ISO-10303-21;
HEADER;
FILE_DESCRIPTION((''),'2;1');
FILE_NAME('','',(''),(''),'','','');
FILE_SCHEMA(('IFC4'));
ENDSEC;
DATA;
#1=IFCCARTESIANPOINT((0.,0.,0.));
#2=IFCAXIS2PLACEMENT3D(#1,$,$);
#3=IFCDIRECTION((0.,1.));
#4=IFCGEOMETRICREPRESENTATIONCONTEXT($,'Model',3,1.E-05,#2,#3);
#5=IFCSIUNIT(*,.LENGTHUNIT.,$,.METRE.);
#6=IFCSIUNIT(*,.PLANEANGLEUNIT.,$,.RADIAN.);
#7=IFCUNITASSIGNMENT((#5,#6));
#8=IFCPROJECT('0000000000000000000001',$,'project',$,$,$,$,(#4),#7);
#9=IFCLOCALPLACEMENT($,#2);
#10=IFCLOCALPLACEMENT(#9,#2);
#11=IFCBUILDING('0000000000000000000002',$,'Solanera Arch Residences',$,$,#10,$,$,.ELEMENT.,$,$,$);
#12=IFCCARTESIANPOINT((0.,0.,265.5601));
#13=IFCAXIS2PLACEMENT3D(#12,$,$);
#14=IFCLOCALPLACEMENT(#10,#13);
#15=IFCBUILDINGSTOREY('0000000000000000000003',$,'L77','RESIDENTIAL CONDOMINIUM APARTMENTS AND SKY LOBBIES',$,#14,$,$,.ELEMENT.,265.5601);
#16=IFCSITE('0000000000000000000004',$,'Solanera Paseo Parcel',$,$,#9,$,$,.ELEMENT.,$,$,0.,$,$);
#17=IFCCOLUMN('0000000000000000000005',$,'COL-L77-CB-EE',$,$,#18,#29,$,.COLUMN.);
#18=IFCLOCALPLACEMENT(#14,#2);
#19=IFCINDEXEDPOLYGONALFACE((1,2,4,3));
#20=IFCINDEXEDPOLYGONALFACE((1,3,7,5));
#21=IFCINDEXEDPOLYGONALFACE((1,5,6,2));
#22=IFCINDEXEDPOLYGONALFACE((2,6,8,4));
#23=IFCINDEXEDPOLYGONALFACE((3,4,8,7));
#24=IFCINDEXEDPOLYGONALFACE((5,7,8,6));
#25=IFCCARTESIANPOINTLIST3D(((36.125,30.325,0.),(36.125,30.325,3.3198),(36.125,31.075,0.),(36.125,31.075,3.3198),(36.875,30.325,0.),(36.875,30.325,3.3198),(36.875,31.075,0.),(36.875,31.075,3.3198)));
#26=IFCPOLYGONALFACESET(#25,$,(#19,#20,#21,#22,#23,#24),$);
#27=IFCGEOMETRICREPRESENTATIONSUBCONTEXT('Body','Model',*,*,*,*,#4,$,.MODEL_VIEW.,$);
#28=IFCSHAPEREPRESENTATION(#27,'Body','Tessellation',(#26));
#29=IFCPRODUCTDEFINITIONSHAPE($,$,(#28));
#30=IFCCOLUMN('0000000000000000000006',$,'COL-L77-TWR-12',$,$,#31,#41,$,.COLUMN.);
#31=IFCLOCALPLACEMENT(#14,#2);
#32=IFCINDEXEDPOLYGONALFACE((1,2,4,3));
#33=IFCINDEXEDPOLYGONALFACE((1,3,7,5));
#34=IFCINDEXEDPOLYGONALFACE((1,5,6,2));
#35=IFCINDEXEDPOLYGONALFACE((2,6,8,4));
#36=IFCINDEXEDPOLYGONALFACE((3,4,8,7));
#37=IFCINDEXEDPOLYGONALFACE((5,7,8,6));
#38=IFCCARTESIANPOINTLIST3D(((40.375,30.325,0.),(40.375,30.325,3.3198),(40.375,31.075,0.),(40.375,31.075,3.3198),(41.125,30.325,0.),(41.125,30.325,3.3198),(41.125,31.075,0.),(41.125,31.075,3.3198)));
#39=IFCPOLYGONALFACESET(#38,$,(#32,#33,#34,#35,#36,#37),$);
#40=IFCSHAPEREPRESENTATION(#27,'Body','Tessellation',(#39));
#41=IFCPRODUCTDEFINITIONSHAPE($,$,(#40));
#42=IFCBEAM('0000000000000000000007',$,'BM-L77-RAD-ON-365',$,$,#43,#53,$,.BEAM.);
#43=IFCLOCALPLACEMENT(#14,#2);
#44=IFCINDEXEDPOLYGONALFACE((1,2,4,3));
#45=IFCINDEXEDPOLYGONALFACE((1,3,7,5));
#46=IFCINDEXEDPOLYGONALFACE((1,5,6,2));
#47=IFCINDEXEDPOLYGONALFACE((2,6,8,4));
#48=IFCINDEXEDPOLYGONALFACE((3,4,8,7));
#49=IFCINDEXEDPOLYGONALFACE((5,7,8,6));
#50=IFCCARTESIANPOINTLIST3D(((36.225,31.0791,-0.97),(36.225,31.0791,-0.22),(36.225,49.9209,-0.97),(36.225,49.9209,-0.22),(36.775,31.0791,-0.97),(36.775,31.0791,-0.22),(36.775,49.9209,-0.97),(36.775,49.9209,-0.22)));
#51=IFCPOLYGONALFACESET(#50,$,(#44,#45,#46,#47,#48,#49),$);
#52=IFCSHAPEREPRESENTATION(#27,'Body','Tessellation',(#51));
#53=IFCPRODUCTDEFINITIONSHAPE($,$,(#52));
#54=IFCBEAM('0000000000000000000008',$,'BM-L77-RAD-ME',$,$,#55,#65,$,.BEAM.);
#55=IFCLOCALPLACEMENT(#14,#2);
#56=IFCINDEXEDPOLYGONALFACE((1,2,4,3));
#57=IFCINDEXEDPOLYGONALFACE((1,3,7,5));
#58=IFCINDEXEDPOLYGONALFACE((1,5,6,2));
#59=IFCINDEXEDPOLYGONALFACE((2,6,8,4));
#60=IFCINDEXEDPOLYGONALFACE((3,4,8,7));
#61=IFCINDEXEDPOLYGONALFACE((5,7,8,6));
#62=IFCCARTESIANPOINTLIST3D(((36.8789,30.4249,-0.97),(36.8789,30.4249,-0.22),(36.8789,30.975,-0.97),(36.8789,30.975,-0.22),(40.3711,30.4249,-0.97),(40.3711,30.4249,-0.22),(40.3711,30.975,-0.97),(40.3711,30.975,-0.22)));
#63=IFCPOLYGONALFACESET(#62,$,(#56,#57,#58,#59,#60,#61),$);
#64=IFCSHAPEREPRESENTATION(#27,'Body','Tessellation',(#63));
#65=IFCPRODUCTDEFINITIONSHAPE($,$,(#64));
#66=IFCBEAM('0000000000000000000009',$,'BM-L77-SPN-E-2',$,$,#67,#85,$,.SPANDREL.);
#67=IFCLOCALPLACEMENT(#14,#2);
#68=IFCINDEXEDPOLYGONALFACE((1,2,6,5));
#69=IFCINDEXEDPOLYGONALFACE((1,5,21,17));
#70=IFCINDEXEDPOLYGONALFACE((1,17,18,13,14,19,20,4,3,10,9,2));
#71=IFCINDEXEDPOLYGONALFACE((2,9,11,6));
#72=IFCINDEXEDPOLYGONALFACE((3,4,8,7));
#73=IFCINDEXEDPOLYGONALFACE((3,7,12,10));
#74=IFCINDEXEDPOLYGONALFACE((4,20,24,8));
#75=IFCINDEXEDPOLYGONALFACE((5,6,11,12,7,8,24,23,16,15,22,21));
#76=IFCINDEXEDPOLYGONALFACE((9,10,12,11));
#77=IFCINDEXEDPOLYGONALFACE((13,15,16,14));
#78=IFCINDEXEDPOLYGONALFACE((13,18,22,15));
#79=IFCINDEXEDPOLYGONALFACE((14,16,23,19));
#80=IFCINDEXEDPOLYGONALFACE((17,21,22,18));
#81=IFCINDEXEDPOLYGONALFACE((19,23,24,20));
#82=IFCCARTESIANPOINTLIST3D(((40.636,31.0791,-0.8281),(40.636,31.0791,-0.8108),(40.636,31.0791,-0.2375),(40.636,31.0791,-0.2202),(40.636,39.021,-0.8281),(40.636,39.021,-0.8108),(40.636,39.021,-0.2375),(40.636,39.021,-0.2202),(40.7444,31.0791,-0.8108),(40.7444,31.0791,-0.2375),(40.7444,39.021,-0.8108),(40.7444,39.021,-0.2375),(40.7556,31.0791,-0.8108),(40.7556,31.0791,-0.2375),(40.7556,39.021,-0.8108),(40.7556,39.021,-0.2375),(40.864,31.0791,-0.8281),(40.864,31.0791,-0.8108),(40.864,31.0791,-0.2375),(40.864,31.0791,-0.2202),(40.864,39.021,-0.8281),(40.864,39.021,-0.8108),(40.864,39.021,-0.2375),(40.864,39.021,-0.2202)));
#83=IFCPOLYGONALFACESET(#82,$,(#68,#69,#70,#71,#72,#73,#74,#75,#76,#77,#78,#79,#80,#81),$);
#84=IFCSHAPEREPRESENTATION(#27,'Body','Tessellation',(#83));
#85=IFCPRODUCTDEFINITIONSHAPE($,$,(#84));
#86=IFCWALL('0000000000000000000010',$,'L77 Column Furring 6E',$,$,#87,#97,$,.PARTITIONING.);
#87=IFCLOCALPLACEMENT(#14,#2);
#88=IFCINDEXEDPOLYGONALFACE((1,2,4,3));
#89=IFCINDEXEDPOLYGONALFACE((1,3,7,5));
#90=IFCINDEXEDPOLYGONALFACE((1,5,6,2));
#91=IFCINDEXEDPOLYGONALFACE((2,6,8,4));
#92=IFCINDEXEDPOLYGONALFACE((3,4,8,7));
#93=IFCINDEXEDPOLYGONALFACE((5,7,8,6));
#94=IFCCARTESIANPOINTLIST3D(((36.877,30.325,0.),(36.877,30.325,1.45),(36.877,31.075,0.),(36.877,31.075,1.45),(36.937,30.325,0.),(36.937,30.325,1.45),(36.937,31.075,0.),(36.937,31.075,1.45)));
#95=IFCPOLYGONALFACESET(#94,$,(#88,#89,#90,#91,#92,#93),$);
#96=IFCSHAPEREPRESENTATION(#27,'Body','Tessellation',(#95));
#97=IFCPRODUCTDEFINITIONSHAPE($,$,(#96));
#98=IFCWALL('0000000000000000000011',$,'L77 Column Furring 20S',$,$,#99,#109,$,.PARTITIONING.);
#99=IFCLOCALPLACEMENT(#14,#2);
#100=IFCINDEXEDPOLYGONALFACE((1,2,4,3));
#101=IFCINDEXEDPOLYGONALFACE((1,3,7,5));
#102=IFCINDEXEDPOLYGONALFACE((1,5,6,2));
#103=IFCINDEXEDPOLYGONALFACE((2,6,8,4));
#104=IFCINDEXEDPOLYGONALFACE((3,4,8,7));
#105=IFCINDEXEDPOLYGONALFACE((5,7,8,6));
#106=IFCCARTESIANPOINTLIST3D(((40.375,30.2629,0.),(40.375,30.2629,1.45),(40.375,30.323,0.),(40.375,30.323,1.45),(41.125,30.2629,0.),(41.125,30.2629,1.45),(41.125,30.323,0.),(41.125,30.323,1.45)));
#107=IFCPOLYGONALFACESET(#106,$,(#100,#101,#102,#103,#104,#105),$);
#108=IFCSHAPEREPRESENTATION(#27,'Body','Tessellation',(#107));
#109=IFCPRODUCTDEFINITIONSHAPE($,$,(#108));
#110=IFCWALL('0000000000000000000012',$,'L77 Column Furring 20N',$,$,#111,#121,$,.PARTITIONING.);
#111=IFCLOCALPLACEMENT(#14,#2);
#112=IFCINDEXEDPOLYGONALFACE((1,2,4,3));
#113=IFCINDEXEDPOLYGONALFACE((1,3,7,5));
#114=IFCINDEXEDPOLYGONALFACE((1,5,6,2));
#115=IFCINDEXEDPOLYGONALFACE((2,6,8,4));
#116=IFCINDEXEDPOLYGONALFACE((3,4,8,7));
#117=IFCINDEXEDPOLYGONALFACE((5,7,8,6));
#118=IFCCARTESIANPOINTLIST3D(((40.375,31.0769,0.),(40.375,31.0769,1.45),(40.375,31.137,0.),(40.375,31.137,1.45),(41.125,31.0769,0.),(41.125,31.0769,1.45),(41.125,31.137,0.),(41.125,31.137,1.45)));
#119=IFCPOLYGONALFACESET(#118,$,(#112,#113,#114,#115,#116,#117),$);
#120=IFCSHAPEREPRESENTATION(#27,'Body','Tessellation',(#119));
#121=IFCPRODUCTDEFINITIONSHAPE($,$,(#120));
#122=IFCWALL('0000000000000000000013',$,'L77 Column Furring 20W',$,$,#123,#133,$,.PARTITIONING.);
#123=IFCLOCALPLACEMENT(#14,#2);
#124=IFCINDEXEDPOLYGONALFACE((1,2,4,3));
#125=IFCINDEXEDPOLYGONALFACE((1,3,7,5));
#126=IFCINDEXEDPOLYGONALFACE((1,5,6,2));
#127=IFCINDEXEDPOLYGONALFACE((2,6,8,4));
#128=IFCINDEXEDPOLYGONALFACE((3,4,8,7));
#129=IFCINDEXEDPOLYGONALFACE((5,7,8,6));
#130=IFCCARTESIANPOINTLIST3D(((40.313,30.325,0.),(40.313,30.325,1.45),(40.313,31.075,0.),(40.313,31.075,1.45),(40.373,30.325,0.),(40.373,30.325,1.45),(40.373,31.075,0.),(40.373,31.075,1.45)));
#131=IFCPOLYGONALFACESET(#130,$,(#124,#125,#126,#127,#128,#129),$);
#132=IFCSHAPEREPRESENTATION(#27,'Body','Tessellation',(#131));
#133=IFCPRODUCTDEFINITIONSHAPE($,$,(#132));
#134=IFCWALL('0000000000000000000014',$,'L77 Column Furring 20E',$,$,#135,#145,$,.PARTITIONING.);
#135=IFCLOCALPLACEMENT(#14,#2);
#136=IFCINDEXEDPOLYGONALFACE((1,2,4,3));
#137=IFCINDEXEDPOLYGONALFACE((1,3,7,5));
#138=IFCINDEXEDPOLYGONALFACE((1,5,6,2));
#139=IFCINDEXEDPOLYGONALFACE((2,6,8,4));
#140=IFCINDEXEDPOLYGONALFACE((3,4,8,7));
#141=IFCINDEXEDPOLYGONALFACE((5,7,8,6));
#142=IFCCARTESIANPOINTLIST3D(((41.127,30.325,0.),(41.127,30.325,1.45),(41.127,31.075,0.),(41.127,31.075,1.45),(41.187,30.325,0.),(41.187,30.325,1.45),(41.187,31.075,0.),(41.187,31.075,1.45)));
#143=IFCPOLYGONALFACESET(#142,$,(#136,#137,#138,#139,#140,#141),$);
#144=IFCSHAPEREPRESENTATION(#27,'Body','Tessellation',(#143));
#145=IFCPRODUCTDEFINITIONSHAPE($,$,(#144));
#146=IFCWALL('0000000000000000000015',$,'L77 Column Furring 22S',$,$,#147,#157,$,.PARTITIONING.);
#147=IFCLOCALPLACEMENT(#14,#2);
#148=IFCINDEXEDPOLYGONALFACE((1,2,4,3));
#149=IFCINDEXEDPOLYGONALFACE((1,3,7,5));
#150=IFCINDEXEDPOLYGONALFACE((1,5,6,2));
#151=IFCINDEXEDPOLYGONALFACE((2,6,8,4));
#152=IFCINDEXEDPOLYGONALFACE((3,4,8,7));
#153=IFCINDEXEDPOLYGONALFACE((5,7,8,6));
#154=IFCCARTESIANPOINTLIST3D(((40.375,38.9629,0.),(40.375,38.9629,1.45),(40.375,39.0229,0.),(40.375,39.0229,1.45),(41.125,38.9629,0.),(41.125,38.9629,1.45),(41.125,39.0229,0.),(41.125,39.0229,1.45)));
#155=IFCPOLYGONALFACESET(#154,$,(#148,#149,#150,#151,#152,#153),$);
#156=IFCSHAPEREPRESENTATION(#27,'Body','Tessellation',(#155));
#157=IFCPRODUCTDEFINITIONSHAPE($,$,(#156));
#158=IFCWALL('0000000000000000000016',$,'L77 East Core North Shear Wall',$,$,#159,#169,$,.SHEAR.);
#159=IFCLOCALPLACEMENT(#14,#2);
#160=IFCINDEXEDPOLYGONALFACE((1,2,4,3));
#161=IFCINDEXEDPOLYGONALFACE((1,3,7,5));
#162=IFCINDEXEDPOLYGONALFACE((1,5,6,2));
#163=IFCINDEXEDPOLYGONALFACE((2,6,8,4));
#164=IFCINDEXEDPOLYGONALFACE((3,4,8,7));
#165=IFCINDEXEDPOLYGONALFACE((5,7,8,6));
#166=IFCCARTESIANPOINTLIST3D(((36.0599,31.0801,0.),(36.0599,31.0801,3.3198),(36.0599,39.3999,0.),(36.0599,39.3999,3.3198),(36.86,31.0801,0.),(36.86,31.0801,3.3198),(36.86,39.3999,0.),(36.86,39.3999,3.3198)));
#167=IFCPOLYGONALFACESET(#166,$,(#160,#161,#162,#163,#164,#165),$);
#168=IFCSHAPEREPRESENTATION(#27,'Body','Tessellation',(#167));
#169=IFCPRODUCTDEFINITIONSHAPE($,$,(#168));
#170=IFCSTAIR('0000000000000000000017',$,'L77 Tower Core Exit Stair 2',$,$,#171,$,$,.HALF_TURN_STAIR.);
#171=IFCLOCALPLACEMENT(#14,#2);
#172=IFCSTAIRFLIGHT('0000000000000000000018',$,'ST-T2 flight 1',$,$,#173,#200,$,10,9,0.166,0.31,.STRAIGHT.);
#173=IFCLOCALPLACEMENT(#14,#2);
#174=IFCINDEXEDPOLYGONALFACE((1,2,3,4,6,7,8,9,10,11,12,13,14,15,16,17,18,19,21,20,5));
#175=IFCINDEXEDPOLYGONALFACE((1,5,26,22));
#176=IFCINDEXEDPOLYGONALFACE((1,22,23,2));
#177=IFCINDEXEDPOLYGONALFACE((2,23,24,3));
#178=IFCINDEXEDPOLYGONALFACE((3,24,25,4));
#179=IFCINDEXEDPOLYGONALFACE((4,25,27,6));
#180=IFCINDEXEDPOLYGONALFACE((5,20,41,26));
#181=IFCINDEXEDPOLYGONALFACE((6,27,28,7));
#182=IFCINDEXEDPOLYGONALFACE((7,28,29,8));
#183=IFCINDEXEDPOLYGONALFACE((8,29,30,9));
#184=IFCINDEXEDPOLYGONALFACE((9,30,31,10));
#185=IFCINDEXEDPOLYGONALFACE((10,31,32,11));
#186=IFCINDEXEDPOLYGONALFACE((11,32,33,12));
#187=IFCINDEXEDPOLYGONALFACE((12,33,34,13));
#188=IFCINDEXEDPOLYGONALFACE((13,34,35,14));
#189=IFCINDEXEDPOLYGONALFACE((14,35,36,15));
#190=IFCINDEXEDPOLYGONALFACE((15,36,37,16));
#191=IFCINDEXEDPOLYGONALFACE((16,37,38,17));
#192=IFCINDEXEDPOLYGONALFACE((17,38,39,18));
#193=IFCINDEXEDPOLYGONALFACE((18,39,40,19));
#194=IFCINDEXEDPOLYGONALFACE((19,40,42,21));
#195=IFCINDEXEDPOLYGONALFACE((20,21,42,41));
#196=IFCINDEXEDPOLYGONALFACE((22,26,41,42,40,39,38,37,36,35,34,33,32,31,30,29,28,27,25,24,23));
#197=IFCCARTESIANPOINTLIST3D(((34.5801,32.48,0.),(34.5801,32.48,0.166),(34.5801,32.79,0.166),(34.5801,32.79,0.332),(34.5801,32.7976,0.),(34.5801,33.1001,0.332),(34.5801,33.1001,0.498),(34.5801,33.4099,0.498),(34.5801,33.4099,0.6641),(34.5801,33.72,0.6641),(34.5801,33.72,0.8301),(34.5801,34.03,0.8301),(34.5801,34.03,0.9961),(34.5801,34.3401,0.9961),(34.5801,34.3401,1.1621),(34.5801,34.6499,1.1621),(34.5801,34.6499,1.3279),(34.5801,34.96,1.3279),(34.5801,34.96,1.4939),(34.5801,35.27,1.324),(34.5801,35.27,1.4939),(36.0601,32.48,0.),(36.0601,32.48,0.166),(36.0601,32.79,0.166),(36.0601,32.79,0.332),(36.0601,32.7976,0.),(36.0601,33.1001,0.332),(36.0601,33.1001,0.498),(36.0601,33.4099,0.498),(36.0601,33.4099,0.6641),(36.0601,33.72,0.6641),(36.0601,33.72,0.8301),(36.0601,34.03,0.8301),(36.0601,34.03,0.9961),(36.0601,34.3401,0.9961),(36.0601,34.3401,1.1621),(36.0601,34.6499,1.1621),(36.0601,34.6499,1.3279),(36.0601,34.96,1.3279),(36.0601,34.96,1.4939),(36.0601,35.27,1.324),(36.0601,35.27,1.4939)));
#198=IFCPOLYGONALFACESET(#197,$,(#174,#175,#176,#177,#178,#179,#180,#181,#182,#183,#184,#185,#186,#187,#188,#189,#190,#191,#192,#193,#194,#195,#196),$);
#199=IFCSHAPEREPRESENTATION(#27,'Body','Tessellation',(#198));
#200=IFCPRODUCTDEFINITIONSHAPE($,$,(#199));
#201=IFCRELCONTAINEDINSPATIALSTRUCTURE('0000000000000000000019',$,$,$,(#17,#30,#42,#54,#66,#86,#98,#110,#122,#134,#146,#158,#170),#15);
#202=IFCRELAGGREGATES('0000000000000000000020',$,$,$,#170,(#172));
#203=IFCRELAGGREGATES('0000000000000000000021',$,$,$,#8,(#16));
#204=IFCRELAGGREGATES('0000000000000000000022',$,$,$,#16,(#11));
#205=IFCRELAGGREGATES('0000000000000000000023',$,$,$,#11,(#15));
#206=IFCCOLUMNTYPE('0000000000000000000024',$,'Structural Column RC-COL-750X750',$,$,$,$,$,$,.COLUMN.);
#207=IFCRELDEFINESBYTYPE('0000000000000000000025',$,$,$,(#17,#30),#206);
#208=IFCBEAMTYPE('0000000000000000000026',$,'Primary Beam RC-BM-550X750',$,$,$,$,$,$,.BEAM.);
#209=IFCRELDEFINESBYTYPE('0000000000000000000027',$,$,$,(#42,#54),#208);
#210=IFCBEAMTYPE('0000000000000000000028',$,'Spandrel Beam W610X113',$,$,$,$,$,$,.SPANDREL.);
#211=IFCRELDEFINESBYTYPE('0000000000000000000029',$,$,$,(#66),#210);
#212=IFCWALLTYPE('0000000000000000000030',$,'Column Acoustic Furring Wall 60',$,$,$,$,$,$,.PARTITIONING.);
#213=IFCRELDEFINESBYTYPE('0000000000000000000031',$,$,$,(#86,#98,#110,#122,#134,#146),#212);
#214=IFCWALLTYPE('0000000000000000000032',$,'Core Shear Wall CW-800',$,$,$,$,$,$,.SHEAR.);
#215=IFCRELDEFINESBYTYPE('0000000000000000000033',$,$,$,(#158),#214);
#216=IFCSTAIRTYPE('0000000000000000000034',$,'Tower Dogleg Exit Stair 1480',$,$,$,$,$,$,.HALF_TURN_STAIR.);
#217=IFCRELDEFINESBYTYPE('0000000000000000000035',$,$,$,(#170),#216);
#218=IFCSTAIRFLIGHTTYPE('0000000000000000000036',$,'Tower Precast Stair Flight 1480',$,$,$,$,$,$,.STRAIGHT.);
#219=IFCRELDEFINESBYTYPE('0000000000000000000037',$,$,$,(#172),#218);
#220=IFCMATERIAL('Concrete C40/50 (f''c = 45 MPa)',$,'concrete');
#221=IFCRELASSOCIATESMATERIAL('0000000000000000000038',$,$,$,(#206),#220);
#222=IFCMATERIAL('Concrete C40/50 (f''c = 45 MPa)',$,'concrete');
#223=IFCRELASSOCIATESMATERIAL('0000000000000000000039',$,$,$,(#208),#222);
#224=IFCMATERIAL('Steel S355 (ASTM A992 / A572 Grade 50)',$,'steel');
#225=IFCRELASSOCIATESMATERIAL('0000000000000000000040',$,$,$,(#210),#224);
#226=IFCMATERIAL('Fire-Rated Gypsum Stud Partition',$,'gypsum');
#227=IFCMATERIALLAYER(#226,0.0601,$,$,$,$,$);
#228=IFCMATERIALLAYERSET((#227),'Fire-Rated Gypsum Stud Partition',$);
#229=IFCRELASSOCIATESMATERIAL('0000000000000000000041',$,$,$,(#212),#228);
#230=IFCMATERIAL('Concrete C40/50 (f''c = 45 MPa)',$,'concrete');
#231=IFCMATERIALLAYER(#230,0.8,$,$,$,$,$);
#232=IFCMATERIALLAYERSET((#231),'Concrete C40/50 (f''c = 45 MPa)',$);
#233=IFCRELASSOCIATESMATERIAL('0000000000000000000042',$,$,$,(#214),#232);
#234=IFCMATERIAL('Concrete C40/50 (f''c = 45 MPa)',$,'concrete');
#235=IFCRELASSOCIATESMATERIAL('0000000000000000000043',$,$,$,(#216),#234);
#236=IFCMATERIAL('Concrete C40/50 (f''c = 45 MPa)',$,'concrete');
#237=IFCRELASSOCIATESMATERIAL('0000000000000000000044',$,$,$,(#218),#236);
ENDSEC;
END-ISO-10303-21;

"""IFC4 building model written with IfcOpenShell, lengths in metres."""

from ifc_helpers import new_model, si_unit, direction, frame, frame_2d, origin, origin_2d, place, context, subcontext, project, spatial, polyline, rectangle, i_section, outline, extrude, material, layer, layer_set, material_profile, profile_set, type_object, element, aggregate, save


model = new_model("IFC4")

# Units and contexts
model_context = context("Model", 3, precision=1e-05, world=origin(), true_north=direction((0.0, 1.0)))
body_context = subcontext(model_context, "Body", "Model", "MODEL_VIEW")
ifc_project = project(units=[si_unit("LENGTHUNIT", "METRE"), si_unit("PLANEANGLEUNIT", "RADIAN")], contexts=[model_context])

# Site, building, storey
site_placement = place(None, origin())
site = spatial("IfcSite", under=ifc_project, at=site_placement, Name="Solanera Paseo Parcel", CompositionType="ELEMENT", RefElevation=0.0)
building_placement = place(site_placement, origin())
building = spatial("IfcBuilding", under=site, at=building_placement, Name="Solanera Arch Residences", CompositionType="ELEMENT")
storey_placement = place(building_placement, frame((0.0, 0.0, 265.5601)))
storey = spatial("IfcBuildingStorey", under=building, at=storey_placement, Name="L77", Description="RESIDENTIAL CONDOMINIUM APARTMENTS AND SKY LOBBIES", CompositionType="ELEMENT", Elevation=265.5601)

# Columns
ifc_material_1 = material(Name="Concrete C40/50 (f'c = 45 MPa)", Category="concrete")
ifc_material_profile_1 = material_profile(ifc_material_1, rectangle(XDim=0.75, YDim=0.75, at=origin_2d()))
ifc_profile_set_1 = profile_set([ifc_material_profile_1], Name="Concrete C40/50 (f'c = 45 MPa)")
column_type = type_object("IfcColumnType", Name="Structural Column RC-COL-750X750", PredefinedType="COLUMN", material=ifc_profile_set_1)
for number, where, z_axis, x_axis, name in (
    (1, (36.5, 30.7, 0.0), (0.0, 0.0, 1.0), (1.0, 0.0, 0.0), "COL-L77-CB-EE"),
    (2, (40.75, 30.7, 0.0), (0.0, 0.0, 1.0), (1.0, 0.0, 0.0), "COL-L77-TWR-12"),
):
    element("IfcColumn", number, at=place(storey_placement, frame(where, z_axis=z_axis, x_axis=x_axis)), inside=storey, type_object=column_type, Name=name, PredefinedType="COLUMN", context=body_context, shape_type="SweptSolid", body=[
        extrude(rectangle(XDim=0.75, YDim=0.75, at=origin_2d()), origin(), (0.0, 0.0, 1.0), 3.3198),
    ])

# Beams
ifc_material_2 = material(Name="Concrete C40/50 (f'c = 45 MPa)", Category="concrete")
ifc_material_profile_2 = material_profile(ifc_material_2, rectangle(XDim=0.55, YDim=0.75, at=origin_2d()))
ifc_profile_set_2 = profile_set([ifc_material_profile_2], Name="Concrete C40/50 (f'c = 45 MPa)")
beam_type_1 = type_object("IfcBeamType", Name="Primary Beam RC-BM-550X750", PredefinedType="BEAM", material=ifc_profile_set_2)
beam_1_placement = place(storey_placement, frame((36.5, 31.0791, -0.595), z_axis=(0.0, 1.0, 0.0), x_axis=(-1.0, 0.0, 0.0)))
element("IfcBeam", 3, at=beam_1_placement, inside=storey, type_object=beam_type_1, Name="BM-L77-RAD-ON-365", PredefinedType="BEAM", context=body_context, shape_type="SweptSolid", body=[
    extrude(rectangle(XDim=0.55, YDim=0.75, at=origin_2d()), origin(), (0.0, 0.0, 1.0), 18.8418),
])
beam_2_placement = place(storey_placement, frame((36.8789, 30.7, -0.595), z_axis=(1.0, 0.0, 0.0), x_axis=(0.0, 1.0, 0.0)))
element("IfcBeam", 4, at=beam_2_placement, inside=storey, type_object=beam_type_1, Name="BM-L77-RAD-ME", PredefinedType="BEAM", context=body_context, shape_type="SweptSolid", body=[
    extrude(rectangle(XDim=0.55, YDim=0.75, at=origin_2d()), origin(), (0.0, 0.0, 1.0), 3.4922),
])
ifc_material_3 = material(Name="Steel S355 (ASTM A992 / A572 Grade 50)", Category="steel")
ifc_material_profile_3 = material_profile(ifc_material_3, i_section(OverallWidth=0.228, OverallDepth=0.6079, WebThickness=0.0112, FlangeThickness=0.0173, at=origin_2d()))
ifc_profile_set_3 = profile_set([ifc_material_profile_3], Name="Steel S355 (ASTM A992 / A572 Grade 50)")
beam_type_2 = type_object("IfcBeamType", Name="Spandrel Beam W610X113", PredefinedType="SPANDREL", material=ifc_profile_set_3)
beam_3_placement = place(storey_placement, frame((40.75, 31.0791, -0.5242), z_axis=(0.0, 1.0, 0.0), x_axis=(-1.0, 0.0, 0.0)))
element("IfcBeam", 5, at=beam_3_placement, inside=storey, type_object=beam_type_2, Name="BM-L77-SPN-E-2", PredefinedType="SPANDREL", context=body_context, shape_type="SweptSolid", body=[
    extrude(i_section(OverallWidth=0.228, OverallDepth=0.6079, WebThickness=0.0112, FlangeThickness=0.0173, at=origin_2d()), origin(), (0.0, 0.0, 1.0), 7.9419),
])

# Walls
ifc_material_4 = material(Name="Fire-Rated Gypsum Stud Partition", Category="gypsum")
ifc_layer_1 = layer(ifc_material_4, 0.0601)
ifc_layer_set_1 = layer_set([ifc_layer_1], Name="Fire-Rated Gypsum Stud Partition")
wall_type_1 = type_object("IfcWallType", Name="Column Acoustic Furring Wall 60", PredefinedType="PARTITIONING", material=ifc_layer_set_1)
for number, where, z_axis, x_axis, name in (
    (6, (36.907, 30.325, 0.0), (0.0, 0.0, 1.0), (0.0, 1.0, 0.0), "L77 Column Furring 6E"),
    (7, (40.375, 30.293, 0.0), (0.0, 0.0, 1.0), (1.0, 0.0, 0.0), "L77 Column Furring 20S"),
    (8, (40.375, 31.1069, 0.0), (0.0, 0.0, 1.0), (1.0, 0.0, 0.0), "L77 Column Furring 20N"),
    (9, (40.343, 30.325, 0.0), (0.0, 0.0, 1.0), (0.0, 1.0, 0.0), "L77 Column Furring 20W"),
    (10, (41.157, 30.325, 0.0), (0.0, 0.0, 1.0), (0.0, 1.0, 0.0), "L77 Column Furring 20E"),
    (11, (40.375, 38.9929, 0.0), (0.0, 0.0, 1.0), (1.0, 0.0, 0.0), "L77 Column Furring 22S"),
):
    element("IfcWall", number, at=place(storey_placement, frame(where, z_axis=z_axis, x_axis=x_axis)), inside=storey, type_object=wall_type_1, Name=name, PredefinedType="PARTITIONING", context=body_context, shape_type="SweptSolid", body=[
        extrude(rectangle(XDim=0.75, YDim=0.0601, at=frame_2d((0.375, 0.0))), origin(), (0.0, 0.0, 1.0), 1.45),
    ])
ifc_material_5 = material(Name="Concrete C40/50 (f'c = 45 MPa)", Category="concrete")
ifc_layer_2 = layer(ifc_material_5, 0.8)
ifc_layer_set_2 = layer_set([ifc_layer_2], Name="Concrete C40/50 (f'c = 45 MPa)")
wall_type_2 = type_object("IfcWallType", Name="Core Shear Wall CW-800", PredefinedType="SHEAR", material=ifc_layer_set_2)
wall_placement = place(storey_placement, frame((36.46, 31.0801, 0.0), z_axis=(0.0, 0.0, 1.0), x_axis=(0.0, 1.0, 0.0)))
element("IfcWall", 12, at=wall_placement, inside=storey, type_object=wall_type_2, Name="L77 East Core North Shear Wall", PredefinedType="SHEAR", context=body_context, shape_type="SweptSolid", body=[
    extrude(rectangle(XDim=8.3198, YDim=0.8, at=frame_2d((4.1599, 0.0))), origin(), (0.0, 0.0, 1.0), 3.3198),
])

# Stair, stair flight
ifc_material_6 = material(Name="Concrete C40/50 (f'c = 45 MPa)", Category="concrete")
stair_type = type_object("IfcStairType", Name="Tower Dogleg Exit Stair 1480", PredefinedType="HALF_TURN_STAIR", material=ifc_material_6)
stair_placement = place(storey_placement, origin())
stair = element("IfcStair", 13, at=stair_placement, inside=storey, type_object=stair_type, Name="L77 Tower Core Exit Stair 2", PredefinedType="HALF_TURN_STAIR")
ifc_material_7 = material(Name="Concrete C40/50 (f'c = 45 MPa)", Category="concrete")
stair_flight_type = type_object("IfcStairFlightType", Name="Tower Precast Stair Flight 1480", PredefinedType="STRAIGHT", material=ifc_material_7)
stair_flight_1_placement = place(storey_placement, frame((35.3201, 32.48, 0.0), z_axis=(0.0, 0.0, 1.0), x_axis=(0.0, 1.0, 0.0)))
stair_flight_1 = element("IfcStairFlight", 14, at=stair_flight_1_placement, type_object=stair_flight_type, Name="ST-T2 flight 1", NumberOfRisers=10, NumberOfTreads=9, PredefinedType="STRAIGHT", RiserHeight=0.166, TreadLength=0.31, context=body_context, shape_type="SweptSolid", body=[
    extrude(outline(polyline([(0.0, 0.0), (0.0, 0.166), (0.3101, 0.166), (0.3101, 0.332), (0.6201, 0.332), (0.6201, 0.498), (0.9299, 0.498), (0.9299, 0.6641), (1.24, 0.6641), (1.24, 0.8301), (1.55, 0.8301), (1.55, 0.9961), (1.8601, 0.9961), (1.8601, 1.1621), (2.1699, 1.1621), (2.1699, 1.3279), (2.48, 1.3279), (2.48, 1.4939), (2.79, 1.4939), (2.79, 1.6599), (2.79, 1.324), (0.3176, 0.0), (0.0, 0.0)])), frame((0.0, 0.74, 0.0), z_axis=(0.0, -1.0, 0.0), x_axis=(1.0, 0.0, 0.0)), (0.0, 0.0, 1.0), 1.48),
])
aggregate(stair, [stair_flight_1])

save(model, "model.ifc")
